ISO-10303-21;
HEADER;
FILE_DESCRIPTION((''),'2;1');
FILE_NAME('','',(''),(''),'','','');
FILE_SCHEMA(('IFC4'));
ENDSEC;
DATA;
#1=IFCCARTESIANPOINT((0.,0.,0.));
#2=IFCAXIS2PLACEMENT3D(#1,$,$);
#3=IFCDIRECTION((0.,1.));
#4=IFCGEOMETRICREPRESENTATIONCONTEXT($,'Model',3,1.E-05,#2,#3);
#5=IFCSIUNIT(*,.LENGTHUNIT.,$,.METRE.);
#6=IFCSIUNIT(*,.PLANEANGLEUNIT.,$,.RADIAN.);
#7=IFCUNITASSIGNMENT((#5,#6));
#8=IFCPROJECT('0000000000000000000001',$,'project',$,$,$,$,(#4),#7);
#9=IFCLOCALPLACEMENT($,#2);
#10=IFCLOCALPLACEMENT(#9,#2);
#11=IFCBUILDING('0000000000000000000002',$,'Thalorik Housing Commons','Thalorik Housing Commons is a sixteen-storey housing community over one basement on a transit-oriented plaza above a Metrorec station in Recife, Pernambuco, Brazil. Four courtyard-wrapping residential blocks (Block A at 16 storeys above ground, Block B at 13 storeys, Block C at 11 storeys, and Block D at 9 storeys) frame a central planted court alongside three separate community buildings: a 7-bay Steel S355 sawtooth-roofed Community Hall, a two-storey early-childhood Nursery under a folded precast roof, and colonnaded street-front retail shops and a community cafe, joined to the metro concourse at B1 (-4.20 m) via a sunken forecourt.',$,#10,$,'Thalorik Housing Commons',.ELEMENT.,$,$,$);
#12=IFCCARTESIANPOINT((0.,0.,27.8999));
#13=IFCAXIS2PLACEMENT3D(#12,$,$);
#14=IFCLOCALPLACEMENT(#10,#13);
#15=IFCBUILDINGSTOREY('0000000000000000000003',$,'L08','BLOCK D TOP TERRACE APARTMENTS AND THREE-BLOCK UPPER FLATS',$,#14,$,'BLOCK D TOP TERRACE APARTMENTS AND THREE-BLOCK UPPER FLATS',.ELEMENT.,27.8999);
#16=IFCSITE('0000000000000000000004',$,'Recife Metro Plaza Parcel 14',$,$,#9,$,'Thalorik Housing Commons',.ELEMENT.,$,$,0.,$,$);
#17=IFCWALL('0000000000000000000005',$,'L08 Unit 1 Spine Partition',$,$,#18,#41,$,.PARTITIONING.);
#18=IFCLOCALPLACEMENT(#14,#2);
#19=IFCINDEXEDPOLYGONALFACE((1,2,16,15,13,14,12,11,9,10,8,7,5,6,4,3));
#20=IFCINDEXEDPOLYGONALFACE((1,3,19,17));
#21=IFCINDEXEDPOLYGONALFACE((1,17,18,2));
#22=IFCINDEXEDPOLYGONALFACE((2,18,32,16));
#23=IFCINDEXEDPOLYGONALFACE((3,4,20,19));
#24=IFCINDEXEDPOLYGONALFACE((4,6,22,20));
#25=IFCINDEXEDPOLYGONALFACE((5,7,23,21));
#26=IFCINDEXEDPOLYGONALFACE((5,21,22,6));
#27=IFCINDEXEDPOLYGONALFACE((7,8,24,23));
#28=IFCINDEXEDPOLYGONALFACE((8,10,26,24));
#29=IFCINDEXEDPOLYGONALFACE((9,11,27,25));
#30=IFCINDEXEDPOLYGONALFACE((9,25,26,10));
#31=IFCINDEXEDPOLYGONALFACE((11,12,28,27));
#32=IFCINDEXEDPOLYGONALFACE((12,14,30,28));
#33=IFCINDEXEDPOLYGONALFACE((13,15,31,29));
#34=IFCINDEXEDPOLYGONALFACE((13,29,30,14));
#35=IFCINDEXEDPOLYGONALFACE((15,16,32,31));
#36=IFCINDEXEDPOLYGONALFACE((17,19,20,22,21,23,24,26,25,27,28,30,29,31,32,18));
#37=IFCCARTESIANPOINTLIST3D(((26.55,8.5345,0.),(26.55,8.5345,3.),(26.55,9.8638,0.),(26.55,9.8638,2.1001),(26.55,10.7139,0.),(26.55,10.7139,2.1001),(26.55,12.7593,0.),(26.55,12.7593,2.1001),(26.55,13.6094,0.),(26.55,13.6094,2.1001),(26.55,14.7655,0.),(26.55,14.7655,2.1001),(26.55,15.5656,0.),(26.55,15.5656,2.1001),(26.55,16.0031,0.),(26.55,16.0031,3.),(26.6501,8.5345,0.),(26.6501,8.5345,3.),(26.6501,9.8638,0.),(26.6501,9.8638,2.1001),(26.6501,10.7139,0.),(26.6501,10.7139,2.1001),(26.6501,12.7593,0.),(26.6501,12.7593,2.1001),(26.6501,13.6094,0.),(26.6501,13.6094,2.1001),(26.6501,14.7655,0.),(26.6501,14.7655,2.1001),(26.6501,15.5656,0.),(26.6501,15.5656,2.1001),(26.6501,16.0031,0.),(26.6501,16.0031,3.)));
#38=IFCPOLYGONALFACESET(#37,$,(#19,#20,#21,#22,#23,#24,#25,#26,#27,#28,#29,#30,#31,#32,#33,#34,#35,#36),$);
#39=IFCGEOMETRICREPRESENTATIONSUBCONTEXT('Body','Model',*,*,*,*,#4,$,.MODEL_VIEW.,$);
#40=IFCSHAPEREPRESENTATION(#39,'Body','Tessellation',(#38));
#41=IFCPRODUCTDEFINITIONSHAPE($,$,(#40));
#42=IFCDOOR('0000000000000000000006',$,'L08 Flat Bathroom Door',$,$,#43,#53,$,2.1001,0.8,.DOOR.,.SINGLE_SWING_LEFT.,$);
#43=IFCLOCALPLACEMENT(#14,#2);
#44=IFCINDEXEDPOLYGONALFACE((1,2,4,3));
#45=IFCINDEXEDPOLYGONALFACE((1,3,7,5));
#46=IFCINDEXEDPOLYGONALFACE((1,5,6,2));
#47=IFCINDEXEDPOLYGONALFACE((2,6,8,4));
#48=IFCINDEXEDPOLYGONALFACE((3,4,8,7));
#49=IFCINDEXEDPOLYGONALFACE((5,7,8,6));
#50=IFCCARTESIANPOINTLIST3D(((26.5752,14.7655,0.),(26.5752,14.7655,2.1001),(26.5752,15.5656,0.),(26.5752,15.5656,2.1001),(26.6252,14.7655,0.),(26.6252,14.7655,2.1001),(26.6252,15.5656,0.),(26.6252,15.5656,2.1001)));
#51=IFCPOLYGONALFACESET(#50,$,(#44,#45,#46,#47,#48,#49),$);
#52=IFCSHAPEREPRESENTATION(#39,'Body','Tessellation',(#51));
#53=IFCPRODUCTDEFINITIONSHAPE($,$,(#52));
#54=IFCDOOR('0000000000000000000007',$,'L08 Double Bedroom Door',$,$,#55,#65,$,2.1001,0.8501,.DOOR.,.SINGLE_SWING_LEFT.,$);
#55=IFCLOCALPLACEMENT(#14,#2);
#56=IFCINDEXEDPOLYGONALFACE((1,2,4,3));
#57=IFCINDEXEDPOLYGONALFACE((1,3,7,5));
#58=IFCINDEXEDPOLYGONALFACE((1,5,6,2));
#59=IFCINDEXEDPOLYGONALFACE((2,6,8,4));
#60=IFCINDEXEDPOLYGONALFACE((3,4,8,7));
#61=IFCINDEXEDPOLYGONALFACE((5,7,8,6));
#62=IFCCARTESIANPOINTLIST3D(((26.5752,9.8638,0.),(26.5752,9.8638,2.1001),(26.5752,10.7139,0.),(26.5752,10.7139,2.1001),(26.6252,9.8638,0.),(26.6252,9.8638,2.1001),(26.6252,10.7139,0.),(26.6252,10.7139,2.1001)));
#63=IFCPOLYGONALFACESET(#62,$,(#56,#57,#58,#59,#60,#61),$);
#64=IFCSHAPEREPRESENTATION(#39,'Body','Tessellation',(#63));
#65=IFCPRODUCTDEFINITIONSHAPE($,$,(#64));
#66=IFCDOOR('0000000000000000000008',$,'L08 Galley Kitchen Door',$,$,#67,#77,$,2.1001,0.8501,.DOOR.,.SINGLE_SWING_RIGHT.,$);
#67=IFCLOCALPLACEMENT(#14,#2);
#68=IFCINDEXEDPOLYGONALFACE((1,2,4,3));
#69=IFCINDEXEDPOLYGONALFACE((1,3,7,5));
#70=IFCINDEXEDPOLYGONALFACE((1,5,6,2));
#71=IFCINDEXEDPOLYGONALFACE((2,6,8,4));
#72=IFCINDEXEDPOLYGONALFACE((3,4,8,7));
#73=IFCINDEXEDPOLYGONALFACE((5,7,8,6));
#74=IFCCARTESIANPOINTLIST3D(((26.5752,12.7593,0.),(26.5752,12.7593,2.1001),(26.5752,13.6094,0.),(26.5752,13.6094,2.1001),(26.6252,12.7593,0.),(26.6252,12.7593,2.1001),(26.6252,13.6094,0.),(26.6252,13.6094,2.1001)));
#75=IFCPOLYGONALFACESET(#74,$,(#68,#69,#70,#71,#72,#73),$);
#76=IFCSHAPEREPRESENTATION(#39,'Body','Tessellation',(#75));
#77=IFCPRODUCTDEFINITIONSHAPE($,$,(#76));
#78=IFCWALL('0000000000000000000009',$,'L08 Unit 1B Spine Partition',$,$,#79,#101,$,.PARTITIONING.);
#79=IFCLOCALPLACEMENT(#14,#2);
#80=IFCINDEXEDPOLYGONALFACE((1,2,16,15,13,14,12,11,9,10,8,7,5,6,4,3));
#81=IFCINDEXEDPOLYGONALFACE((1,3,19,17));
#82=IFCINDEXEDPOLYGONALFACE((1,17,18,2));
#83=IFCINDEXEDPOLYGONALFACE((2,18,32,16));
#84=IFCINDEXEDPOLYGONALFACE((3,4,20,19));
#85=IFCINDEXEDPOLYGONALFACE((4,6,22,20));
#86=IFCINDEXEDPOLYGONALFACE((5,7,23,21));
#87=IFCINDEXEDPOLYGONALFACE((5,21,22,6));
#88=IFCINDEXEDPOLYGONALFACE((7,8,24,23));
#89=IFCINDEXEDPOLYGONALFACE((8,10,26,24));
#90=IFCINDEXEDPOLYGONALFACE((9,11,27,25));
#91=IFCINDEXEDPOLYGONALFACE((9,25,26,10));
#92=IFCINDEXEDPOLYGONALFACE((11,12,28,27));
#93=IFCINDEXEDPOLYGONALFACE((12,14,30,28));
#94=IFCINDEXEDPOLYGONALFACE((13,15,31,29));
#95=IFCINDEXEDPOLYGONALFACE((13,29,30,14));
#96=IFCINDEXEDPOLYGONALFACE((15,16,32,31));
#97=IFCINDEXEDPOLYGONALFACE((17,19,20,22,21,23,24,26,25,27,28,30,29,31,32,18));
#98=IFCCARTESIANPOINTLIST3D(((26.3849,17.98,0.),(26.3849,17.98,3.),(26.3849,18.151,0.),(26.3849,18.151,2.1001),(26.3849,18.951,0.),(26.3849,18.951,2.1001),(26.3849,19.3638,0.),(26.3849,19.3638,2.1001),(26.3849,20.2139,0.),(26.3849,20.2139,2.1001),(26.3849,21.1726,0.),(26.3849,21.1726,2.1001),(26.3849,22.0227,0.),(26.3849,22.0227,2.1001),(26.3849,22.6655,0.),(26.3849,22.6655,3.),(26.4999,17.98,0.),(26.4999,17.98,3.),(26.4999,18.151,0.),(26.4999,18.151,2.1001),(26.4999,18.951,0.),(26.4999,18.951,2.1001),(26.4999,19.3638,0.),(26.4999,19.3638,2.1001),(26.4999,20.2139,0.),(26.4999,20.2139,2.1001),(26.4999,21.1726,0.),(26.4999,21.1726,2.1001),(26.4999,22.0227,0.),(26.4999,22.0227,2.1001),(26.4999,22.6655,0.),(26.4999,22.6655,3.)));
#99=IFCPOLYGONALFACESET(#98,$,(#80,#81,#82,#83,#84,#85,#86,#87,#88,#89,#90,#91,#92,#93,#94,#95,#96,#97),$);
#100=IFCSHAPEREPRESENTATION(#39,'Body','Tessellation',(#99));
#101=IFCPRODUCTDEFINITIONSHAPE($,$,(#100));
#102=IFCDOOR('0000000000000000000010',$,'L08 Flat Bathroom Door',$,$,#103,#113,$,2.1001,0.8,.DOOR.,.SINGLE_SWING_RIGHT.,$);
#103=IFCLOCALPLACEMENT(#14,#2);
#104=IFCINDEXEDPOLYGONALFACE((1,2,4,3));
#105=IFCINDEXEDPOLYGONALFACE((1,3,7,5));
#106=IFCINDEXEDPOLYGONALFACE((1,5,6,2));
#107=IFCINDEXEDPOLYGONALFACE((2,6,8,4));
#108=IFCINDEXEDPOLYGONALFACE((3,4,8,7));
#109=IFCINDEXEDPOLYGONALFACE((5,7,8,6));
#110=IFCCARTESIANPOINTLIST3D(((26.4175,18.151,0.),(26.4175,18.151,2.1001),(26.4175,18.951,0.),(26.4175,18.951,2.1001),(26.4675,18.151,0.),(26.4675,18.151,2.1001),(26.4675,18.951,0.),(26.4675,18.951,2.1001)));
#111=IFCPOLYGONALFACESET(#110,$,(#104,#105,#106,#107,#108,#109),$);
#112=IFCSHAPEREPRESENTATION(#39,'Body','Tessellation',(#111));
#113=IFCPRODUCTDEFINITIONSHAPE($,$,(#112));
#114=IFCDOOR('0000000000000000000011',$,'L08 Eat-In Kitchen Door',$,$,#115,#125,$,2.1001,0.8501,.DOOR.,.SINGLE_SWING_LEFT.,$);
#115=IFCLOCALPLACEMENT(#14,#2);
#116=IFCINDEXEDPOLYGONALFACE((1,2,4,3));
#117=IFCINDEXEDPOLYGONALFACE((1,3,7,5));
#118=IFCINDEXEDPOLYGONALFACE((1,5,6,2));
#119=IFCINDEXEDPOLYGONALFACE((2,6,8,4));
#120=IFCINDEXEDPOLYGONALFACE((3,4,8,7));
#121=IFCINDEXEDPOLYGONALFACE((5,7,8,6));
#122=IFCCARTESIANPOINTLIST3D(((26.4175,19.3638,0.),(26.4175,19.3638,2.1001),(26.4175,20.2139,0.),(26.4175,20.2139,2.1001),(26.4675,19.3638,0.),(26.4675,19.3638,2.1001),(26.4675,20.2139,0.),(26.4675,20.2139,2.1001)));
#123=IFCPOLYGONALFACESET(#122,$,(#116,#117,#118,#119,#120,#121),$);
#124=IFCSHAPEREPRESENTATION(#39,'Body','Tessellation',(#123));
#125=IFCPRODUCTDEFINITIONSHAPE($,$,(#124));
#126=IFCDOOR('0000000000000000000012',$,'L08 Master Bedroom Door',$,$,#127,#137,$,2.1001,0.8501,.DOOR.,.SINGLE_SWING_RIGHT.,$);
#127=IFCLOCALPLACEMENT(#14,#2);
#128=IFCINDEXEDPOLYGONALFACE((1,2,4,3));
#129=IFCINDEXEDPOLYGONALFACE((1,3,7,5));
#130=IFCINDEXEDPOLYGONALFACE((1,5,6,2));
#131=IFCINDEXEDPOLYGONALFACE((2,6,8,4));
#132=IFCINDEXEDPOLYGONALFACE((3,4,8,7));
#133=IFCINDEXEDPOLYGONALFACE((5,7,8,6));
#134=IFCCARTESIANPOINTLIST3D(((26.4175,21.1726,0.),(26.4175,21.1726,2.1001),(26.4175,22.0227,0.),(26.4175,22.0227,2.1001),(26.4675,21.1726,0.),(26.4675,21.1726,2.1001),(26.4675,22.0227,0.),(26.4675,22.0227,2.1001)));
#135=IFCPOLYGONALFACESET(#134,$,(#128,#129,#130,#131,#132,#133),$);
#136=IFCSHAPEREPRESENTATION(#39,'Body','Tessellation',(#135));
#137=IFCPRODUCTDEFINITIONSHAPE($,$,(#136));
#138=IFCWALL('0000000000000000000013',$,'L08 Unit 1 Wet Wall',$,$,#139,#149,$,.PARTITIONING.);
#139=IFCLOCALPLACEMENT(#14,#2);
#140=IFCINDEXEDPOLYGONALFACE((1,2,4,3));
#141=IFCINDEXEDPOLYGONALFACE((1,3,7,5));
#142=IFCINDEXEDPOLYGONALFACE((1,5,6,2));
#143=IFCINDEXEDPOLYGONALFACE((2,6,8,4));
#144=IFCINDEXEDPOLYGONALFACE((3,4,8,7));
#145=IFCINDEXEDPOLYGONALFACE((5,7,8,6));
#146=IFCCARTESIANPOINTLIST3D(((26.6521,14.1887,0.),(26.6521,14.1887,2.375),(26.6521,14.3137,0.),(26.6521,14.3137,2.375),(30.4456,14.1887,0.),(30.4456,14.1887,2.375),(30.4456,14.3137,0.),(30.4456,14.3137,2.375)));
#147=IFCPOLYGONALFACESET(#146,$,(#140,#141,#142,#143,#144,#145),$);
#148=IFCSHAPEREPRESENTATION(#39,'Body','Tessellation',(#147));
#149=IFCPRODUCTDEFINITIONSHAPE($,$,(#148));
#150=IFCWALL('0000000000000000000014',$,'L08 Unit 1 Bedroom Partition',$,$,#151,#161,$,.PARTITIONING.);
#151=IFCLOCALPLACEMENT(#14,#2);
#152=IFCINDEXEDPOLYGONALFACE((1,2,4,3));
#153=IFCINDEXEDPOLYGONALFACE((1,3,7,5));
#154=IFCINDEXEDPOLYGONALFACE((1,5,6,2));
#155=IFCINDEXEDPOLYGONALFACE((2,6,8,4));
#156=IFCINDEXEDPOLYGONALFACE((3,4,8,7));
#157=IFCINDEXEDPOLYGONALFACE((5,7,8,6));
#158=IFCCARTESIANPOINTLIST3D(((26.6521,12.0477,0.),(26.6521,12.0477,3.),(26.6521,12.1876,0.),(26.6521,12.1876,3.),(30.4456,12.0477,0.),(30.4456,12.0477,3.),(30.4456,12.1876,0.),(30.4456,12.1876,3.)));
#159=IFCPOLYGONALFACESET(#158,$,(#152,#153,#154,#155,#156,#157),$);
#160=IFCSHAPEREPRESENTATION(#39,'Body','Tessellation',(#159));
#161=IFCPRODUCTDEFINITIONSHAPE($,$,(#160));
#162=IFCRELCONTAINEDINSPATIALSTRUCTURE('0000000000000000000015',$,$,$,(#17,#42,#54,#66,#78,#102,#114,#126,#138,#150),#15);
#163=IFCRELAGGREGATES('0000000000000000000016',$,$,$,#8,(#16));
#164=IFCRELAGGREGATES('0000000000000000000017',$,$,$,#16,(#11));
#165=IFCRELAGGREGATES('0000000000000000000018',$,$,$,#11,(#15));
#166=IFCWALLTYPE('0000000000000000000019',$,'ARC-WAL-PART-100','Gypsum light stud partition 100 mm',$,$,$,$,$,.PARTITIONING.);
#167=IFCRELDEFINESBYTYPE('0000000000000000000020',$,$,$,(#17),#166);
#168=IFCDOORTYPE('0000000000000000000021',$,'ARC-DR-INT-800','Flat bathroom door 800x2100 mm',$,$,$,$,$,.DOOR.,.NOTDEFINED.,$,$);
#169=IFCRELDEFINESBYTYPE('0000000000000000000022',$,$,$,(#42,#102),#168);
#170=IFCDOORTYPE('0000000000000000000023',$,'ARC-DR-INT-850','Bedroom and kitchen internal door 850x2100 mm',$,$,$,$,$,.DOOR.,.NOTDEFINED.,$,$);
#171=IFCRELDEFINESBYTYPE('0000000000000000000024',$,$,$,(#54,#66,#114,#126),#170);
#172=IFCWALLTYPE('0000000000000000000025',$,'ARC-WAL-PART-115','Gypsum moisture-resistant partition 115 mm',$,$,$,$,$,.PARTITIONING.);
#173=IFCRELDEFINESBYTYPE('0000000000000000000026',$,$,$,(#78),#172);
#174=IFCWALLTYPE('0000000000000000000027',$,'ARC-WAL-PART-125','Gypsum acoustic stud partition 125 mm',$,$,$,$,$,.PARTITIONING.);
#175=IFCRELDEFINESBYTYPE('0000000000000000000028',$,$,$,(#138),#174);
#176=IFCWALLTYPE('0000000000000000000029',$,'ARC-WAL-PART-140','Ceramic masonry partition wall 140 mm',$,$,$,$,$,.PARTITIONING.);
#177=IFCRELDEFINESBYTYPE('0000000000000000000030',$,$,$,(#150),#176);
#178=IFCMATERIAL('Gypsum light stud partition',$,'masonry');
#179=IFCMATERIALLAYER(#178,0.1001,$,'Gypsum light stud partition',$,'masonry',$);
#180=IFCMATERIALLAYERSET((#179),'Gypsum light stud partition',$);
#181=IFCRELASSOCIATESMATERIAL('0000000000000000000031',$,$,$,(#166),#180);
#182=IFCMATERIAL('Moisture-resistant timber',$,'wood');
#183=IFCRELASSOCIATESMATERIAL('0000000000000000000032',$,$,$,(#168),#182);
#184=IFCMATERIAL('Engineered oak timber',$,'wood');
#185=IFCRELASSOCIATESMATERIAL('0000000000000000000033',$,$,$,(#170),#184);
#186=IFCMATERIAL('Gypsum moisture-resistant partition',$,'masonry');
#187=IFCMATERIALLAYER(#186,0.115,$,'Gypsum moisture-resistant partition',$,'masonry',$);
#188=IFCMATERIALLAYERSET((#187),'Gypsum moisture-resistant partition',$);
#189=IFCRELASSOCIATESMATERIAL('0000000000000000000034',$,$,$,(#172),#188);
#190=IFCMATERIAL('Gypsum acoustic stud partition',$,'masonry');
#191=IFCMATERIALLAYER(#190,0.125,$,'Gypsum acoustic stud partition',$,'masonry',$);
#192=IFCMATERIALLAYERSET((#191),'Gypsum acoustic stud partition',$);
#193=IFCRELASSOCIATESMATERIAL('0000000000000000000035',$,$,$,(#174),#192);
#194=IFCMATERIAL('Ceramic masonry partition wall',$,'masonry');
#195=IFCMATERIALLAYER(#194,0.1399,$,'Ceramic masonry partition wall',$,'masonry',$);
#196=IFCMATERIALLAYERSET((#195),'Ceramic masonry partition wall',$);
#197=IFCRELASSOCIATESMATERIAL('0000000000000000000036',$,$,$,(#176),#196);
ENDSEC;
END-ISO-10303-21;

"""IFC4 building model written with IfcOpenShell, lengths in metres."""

from ifc_helpers import new_model, si_unit, direction, frame, frame_2d, origin, place, context, subcontext, project, spatial, rectangle, extrude, material, layer, layer_set, type_object, element, fill, save


model = new_model("IFC4")

# Units and contexts
model_context = context("Model", 3, precision=1e-05, world=origin(), true_north=direction((0.0, 1.0)))
body_context = subcontext(model_context, "Body", "Model", "MODEL_VIEW")
ifc_project = project(units=[si_unit("LENGTHUNIT", "METRE"), si_unit("PLANEANGLEUNIT", "RADIAN")], contexts=[model_context])

# Site, building, storey
site_placement = place(None, origin())
site = spatial("IfcSite", under=ifc_project, at=site_placement, Name="Recife Metro Plaza Parcel 14", LongName="Thalorik Housing Commons", CompositionType="ELEMENT", RefElevation=0.0)
building_placement = place(site_placement, origin())
building = spatial("IfcBuilding", under=site, at=building_placement, Name="Thalorik Housing Commons", Description="Thalorik Housing Commons is a sixteen-storey housing community over one basement on a transit-oriented plaza above a Metrorec station in Recife, Pernambuco, Brazil. Four courtyard-wrapping residential blocks (Block A at 16 storeys above ground, Block B at 13 storeys, Block C at 11 storeys, and Block D at 9 storeys) frame a central planted court alongside three separate community buildings: a 7-bay Steel S355 sawtooth-roofed Community Hall, a two-storey early-childhood Nursery under a folded precast roof, and colonnaded street-front retail shops and a community cafe, joined to the metro concourse at B1 (-4.20 m) via a sunken forecourt.", LongName="Thalorik Housing Commons", CompositionType="ELEMENT")
storey_placement = place(building_placement, frame((0.0, 0.0, 27.8999)))
storey = spatial("IfcBuildingStorey", under=building, at=storey_placement, Name="L08", Description="BLOCK D TOP TERRACE APARTMENTS AND THREE-BLOCK UPPER FLATS", LongName="BLOCK D TOP TERRACE APARTMENTS AND THREE-BLOCK UPPER FLATS", CompositionType="ELEMENT", Elevation=27.8999)

# Walls, openings, doors
ifc_material_1 = material(Name="Gypsum light stud partition", Category="masonry")
ifc_layer_1 = layer(ifc_material_1, 0.1001, Name="Gypsum light stud partition", Category="masonry")
ifc_layer_set_1 = layer_set([ifc_layer_1], Name="Gypsum light stud partition")
wall_type_1 = type_object("IfcWallType", Name="ARC-WAL-PART-100", Description="Gypsum light stud partition 100 mm", PredefinedType="PARTITIONING", material=ifc_layer_set_1)
wall_1_placement = place(storey_placement, frame((26.6001, 8.5344, 0.0), z_axis=(0.0, 0.0, 1.0), x_axis=(0.0, 1.0, 0.0)))
wall_1 = element("IfcWall", 1, at=wall_1_placement, inside=storey, type_object=wall_type_1, Name="L08 Unit 1 Spine Partition", PredefinedType="PARTITIONING", context=body_context, shape_type="SweptSolid", body=[
    extrude(rectangle(XDim=7.4685, YDim=0.1001, at=frame_2d((3.7344, 0.0))), origin(), (0.0, 0.0, 1.0), 3.0),
])
opening_1_placement = place(wall_1_placement, frame((1.3293, 0.0, 0.0)))
opening_1 = element("IfcOpeningElement", 2, at=opening_1_placement, cuts=wall_1, PredefinedType="OPENING", context=body_context, shape_type="SweptSolid", body=[
    extrude(rectangle(XDim=0.8501, YDim=2.1001, at=frame_2d((0.425, 1.05))), frame((0.0, 0.0601, 0.0), z_axis=(0.0, -1.0, 0.0), x_axis=(1.0, 0.0, 0.0)), (0.0, 0.0, 1.0), 0.1201),
])
opening_2_placement = place(wall_1_placement, frame((4.2249, 0.0, 0.0)))
opening_2 = element("IfcOpeningElement", 3, at=opening_2_placement, cuts=wall_1, PredefinedType="OPENING", context=body_context, shape_type="SweptSolid", body=[
    extrude(rectangle(XDim=0.8501, YDim=2.1001, at=frame_2d((0.425, 1.05))), frame((0.0, 0.0601, 0.0), z_axis=(0.0, -1.0, 0.0), x_axis=(1.0, 0.0, 0.0)), (0.0, 0.0, 1.0), 0.1201),
])
opening_3_placement = place(wall_1_placement, frame((6.2312, 0.0, 0.0)))
opening_3 = element("IfcOpeningElement", 4, at=opening_3_placement, cuts=wall_1, PredefinedType="OPENING", context=body_context, shape_type="SweptSolid", body=[
    extrude(rectangle(XDim=0.8, YDim=2.1001, at=frame_2d((0.3999, 1.05))), frame((0.0, 0.0601, 0.0), z_axis=(0.0, -1.0, 0.0), x_axis=(1.0, 0.0, 0.0)), (0.0, 0.0, 1.0), 0.1201),
])
ifc_material_2 = material(Name="Moisture-resistant timber", Category="wood")
door_type_1 = type_object("IfcDoorType", Name="ARC-DR-INT-800", Description="Flat bathroom door 800x2100 mm", OperationType="NOTDEFINED", PredefinedType="DOOR", material=ifc_material_2)
door_1_placement = place(opening_3_placement, origin())
door_1 = element("IfcDoor", 5, at=door_1_placement, inside=storey, type_object=door_type_1, Name="L08 Flat Bathroom Door", OperationType="SINGLE_SWING_LEFT", OverallHeight=2.1001, OverallWidth=0.8, PredefinedType="DOOR", context=body_context, shape_type="SweptSolid", body=[
    extrude(rectangle(XDim=0.8, YDim=2.1001, at=frame_2d((0.3999, 1.05))), frame((0.0, 0.0249, 0.0), z_axis=(0.0, -1.0, 0.0), x_axis=(1.0, 0.0, 0.0)), (0.0, 0.0, 1.0), 0.05),
])
fill(opening_3, door_1)
ifc_material_3 = material(Name="Engineered oak timber", Category="wood")
door_type_2 = type_object("IfcDoorType", Name="ARC-DR-INT-850", Description="Bedroom and kitchen internal door 850x2100 mm", OperationType="NOTDEFINED", PredefinedType="DOOR", material=ifc_material_3)
door_2_placement = place(opening_1_placement, origin())
door_2 = element("IfcDoor", 6, at=door_2_placement, inside=storey, type_object=door_type_2, Name="L08 Double Bedroom Door", OperationType="SINGLE_SWING_LEFT", OverallHeight=2.1001, OverallWidth=0.8501, PredefinedType="DOOR", context=body_context, shape_type="SweptSolid", body=[
    extrude(rectangle(XDim=0.8501, YDim=2.1001, at=frame_2d((0.425, 1.05))), frame((0.0, 0.0249, 0.0), z_axis=(0.0, -1.0, 0.0), x_axis=(1.0, 0.0, 0.0)), (0.0, 0.0, 1.0), 0.05),
])
fill(opening_1, door_2)
door_3_placement = place(opening_2_placement, origin())
door_3 = element("IfcDoor", 7, at=door_3_placement, inside=storey, type_object=door_type_2, Name="L08 Galley Kitchen Door", OperationType="SINGLE_SWING_RIGHT", OverallHeight=2.1001, OverallWidth=0.8501, PredefinedType="DOOR", context=body_context, shape_type="SweptSolid", body=[
    extrude(rectangle(XDim=0.8501, YDim=2.1001, at=frame_2d((0.425, 1.05))), frame((0.0, 0.0249, 0.0), z_axis=(0.0, -1.0, 0.0), x_axis=(1.0, 0.0, 0.0)), (0.0, 0.0, 1.0), 0.05),
])
fill(opening_2, door_3)
ifc_material_4 = material(Name="Gypsum moisture-resistant partition", Category="masonry")
ifc_layer_2 = layer(ifc_material_4, 0.115, Name="Gypsum moisture-resistant partition", Category="masonry")
ifc_layer_set_2 = layer_set([ifc_layer_2], Name="Gypsum moisture-resistant partition")
wall_type_2 = type_object("IfcWallType", Name="ARC-WAL-PART-115", Description="Gypsum moisture-resistant partition 115 mm", PredefinedType="PARTITIONING", material=ifc_layer_set_2)
wall_2_placement = place(storey_placement, frame((26.4424, 17.98, 0.0), z_axis=(0.0, 0.0, 1.0), x_axis=(0.0, 1.0, 0.0)))
wall_2 = element("IfcWall", 8, at=wall_2_placement, inside=storey, type_object=wall_type_2, Name="L08 Unit 1B Spine Partition", PredefinedType="PARTITIONING", context=body_context, shape_type="SweptSolid", body=[
    extrude(rectangle(XDim=4.6855, YDim=0.115, at=frame_2d((2.3428, 0.0))), origin(), (0.0, 0.0, 1.0), 3.0),
])
opening_4_placement = place(wall_2_placement, frame((0.1711, 0.0, 0.0)))
opening_4 = element("IfcOpeningElement", 9, at=opening_4_placement, cuts=wall_2, PredefinedType="OPENING", context=body_context, shape_type="SweptSolid", body=[
    extrude(rectangle(XDim=0.8, YDim=2.1001, at=frame_2d((0.3999, 1.05))), frame((0.0, 0.0674, 0.0), z_axis=(0.0, -1.0, 0.0), x_axis=(1.0, 0.0, 0.0)), (0.0, 0.0, 1.0), 0.135),
])
opening_5_placement = place(wall_2_placement, frame((1.3838, 0.0, 0.0)))
opening_5 = element("IfcOpeningElement", 10, at=opening_5_placement, cuts=wall_2, PredefinedType="OPENING", context=body_context, shape_type="SweptSolid", body=[
    extrude(rectangle(XDim=0.8501, YDim=2.1001, at=frame_2d((0.425, 1.05))), frame((0.0, 0.0674, 0.0), z_axis=(0.0, -1.0, 0.0), x_axis=(1.0, 0.0, 0.0)), (0.0, 0.0, 1.0), 0.135),
])
opening_6_placement = place(wall_2_placement, frame((3.1926, 0.0, 0.0)))
opening_6 = element("IfcOpeningElement", 11, at=opening_6_placement, cuts=wall_2, PredefinedType="OPENING", context=body_context, shape_type="SweptSolid", body=[
    extrude(rectangle(XDim=0.8501, YDim=2.1001, at=frame_2d((0.425, 1.05))), frame((0.0, 0.0674, 0.0), z_axis=(0.0, -1.0, 0.0), x_axis=(1.0, 0.0, 0.0)), (0.0, 0.0, 1.0), 0.135),
])
door_4_placement = place(opening_4_placement, origin())
door_4 = element("IfcDoor", 12, at=door_4_placement, inside=storey, type_object=door_type_1, Name="L08 Flat Bathroom Door", OperationType="SINGLE_SWING_RIGHT", OverallHeight=2.1001, OverallWidth=0.8, PredefinedType="DOOR", context=body_context, shape_type="SweptSolid", body=[
    extrude(rectangle(XDim=0.8, YDim=2.1001, at=frame_2d((0.3999, 1.05))), frame((0.0, 0.0249, 0.0), z_axis=(0.0, -1.0, 0.0), x_axis=(1.0, 0.0, 0.0)), (0.0, 0.0, 1.0), 0.05),
])
fill(opening_4, door_4)
door_5_placement = place(opening_5_placement, origin())
door_5 = element("IfcDoor", 13, at=door_5_placement, inside=storey, type_object=door_type_2, Name="L08 Eat-In Kitchen Door", OperationType="SINGLE_SWING_LEFT", OverallHeight=2.1001, OverallWidth=0.8501, PredefinedType="DOOR", context=body_context, shape_type="SweptSolid", body=[
    extrude(rectangle(XDim=0.8501, YDim=2.1001, at=frame_2d((0.425, 1.05))), frame((0.0, 0.0249, 0.0), z_axis=(0.0, -1.0, 0.0), x_axis=(1.0, 0.0, 0.0)), (0.0, 0.0, 1.0), 0.05),
])
fill(opening_5, door_5)
door_6_placement = place(opening_6_placement, origin())
door_6 = element("IfcDoor", 14, at=door_6_placement, inside=storey, type_object=door_type_2, Name="L08 Master Bedroom Door", OperationType="SINGLE_SWING_RIGHT", OverallHeight=2.1001, OverallWidth=0.8501, PredefinedType="DOOR", context=body_context, shape_type="SweptSolid", body=[
    extrude(rectangle(XDim=0.8501, YDim=2.1001, at=frame_2d((0.425, 1.05))), frame((0.0, 0.0249, 0.0), z_axis=(0.0, -1.0, 0.0), x_axis=(1.0, 0.0, 0.0)), (0.0, 0.0, 1.0), 0.05),
])
fill(opening_6, door_6)

# Walls
ifc_material_5 = material(Name="Gypsum acoustic stud partition", Category="masonry")
ifc_layer_3 = layer(ifc_material_5, 0.125, Name="Gypsum acoustic stud partition", Category="masonry")
ifc_layer_set_3 = layer_set([ifc_layer_3], Name="Gypsum acoustic stud partition")
wall_type_3 = type_object("IfcWallType", Name="ARC-WAL-PART-125", Description="Gypsum acoustic stud partition 125 mm", PredefinedType="PARTITIONING", material=ifc_layer_set_3)
wall_3_placement = place(storey_placement, frame((26.6521, 14.2512, 0.0), z_axis=(0.0, 0.0, 1.0), x_axis=(1.0, 0.0, 0.0)))
element("IfcWall", 15, at=wall_3_placement, inside=storey, type_object=wall_type_3, Name="L08 Unit 1 Wet Wall", PredefinedType="PARTITIONING", context=body_context, shape_type="SweptSolid", body=[
    extrude(rectangle(XDim=3.7935, YDim=0.125, at=frame_2d((1.8967, 0.0))), origin(), (0.0, 0.0, 1.0), 2.375),
])
ifc_material_6 = material(Name="Ceramic masonry partition wall", Category="masonry")
ifc_layer_4 = layer(ifc_material_6, 0.1399, Name="Ceramic masonry partition wall", Category="masonry")
ifc_layer_set_4 = layer_set([ifc_layer_4], Name="Ceramic masonry partition wall")
wall_type_4 = type_object("IfcWallType", Name="ARC-WAL-PART-140", Description="Ceramic masonry partition wall 140 mm", PredefinedType="PARTITIONING", material=ifc_layer_set_4)
wall_4_placement = place(storey_placement, frame((26.6521, 12.1177, 0.0), z_axis=(0.0, 0.0, 1.0), x_axis=(1.0, 0.0, 0.0)))
element("IfcWall", 16, at=wall_4_placement, inside=storey, type_object=wall_type_4, Name="L08 Unit 1 Bedroom Partition", PredefinedType="PARTITIONING", context=body_context, shape_type="SweptSolid", body=[
    extrude(rectangle(XDim=3.7935, YDim=0.1399, at=frame_2d((1.8967, 0.0))), origin(), (0.0, 0.0, 1.0), 3.0),
])

save(model, "model.ifc")
